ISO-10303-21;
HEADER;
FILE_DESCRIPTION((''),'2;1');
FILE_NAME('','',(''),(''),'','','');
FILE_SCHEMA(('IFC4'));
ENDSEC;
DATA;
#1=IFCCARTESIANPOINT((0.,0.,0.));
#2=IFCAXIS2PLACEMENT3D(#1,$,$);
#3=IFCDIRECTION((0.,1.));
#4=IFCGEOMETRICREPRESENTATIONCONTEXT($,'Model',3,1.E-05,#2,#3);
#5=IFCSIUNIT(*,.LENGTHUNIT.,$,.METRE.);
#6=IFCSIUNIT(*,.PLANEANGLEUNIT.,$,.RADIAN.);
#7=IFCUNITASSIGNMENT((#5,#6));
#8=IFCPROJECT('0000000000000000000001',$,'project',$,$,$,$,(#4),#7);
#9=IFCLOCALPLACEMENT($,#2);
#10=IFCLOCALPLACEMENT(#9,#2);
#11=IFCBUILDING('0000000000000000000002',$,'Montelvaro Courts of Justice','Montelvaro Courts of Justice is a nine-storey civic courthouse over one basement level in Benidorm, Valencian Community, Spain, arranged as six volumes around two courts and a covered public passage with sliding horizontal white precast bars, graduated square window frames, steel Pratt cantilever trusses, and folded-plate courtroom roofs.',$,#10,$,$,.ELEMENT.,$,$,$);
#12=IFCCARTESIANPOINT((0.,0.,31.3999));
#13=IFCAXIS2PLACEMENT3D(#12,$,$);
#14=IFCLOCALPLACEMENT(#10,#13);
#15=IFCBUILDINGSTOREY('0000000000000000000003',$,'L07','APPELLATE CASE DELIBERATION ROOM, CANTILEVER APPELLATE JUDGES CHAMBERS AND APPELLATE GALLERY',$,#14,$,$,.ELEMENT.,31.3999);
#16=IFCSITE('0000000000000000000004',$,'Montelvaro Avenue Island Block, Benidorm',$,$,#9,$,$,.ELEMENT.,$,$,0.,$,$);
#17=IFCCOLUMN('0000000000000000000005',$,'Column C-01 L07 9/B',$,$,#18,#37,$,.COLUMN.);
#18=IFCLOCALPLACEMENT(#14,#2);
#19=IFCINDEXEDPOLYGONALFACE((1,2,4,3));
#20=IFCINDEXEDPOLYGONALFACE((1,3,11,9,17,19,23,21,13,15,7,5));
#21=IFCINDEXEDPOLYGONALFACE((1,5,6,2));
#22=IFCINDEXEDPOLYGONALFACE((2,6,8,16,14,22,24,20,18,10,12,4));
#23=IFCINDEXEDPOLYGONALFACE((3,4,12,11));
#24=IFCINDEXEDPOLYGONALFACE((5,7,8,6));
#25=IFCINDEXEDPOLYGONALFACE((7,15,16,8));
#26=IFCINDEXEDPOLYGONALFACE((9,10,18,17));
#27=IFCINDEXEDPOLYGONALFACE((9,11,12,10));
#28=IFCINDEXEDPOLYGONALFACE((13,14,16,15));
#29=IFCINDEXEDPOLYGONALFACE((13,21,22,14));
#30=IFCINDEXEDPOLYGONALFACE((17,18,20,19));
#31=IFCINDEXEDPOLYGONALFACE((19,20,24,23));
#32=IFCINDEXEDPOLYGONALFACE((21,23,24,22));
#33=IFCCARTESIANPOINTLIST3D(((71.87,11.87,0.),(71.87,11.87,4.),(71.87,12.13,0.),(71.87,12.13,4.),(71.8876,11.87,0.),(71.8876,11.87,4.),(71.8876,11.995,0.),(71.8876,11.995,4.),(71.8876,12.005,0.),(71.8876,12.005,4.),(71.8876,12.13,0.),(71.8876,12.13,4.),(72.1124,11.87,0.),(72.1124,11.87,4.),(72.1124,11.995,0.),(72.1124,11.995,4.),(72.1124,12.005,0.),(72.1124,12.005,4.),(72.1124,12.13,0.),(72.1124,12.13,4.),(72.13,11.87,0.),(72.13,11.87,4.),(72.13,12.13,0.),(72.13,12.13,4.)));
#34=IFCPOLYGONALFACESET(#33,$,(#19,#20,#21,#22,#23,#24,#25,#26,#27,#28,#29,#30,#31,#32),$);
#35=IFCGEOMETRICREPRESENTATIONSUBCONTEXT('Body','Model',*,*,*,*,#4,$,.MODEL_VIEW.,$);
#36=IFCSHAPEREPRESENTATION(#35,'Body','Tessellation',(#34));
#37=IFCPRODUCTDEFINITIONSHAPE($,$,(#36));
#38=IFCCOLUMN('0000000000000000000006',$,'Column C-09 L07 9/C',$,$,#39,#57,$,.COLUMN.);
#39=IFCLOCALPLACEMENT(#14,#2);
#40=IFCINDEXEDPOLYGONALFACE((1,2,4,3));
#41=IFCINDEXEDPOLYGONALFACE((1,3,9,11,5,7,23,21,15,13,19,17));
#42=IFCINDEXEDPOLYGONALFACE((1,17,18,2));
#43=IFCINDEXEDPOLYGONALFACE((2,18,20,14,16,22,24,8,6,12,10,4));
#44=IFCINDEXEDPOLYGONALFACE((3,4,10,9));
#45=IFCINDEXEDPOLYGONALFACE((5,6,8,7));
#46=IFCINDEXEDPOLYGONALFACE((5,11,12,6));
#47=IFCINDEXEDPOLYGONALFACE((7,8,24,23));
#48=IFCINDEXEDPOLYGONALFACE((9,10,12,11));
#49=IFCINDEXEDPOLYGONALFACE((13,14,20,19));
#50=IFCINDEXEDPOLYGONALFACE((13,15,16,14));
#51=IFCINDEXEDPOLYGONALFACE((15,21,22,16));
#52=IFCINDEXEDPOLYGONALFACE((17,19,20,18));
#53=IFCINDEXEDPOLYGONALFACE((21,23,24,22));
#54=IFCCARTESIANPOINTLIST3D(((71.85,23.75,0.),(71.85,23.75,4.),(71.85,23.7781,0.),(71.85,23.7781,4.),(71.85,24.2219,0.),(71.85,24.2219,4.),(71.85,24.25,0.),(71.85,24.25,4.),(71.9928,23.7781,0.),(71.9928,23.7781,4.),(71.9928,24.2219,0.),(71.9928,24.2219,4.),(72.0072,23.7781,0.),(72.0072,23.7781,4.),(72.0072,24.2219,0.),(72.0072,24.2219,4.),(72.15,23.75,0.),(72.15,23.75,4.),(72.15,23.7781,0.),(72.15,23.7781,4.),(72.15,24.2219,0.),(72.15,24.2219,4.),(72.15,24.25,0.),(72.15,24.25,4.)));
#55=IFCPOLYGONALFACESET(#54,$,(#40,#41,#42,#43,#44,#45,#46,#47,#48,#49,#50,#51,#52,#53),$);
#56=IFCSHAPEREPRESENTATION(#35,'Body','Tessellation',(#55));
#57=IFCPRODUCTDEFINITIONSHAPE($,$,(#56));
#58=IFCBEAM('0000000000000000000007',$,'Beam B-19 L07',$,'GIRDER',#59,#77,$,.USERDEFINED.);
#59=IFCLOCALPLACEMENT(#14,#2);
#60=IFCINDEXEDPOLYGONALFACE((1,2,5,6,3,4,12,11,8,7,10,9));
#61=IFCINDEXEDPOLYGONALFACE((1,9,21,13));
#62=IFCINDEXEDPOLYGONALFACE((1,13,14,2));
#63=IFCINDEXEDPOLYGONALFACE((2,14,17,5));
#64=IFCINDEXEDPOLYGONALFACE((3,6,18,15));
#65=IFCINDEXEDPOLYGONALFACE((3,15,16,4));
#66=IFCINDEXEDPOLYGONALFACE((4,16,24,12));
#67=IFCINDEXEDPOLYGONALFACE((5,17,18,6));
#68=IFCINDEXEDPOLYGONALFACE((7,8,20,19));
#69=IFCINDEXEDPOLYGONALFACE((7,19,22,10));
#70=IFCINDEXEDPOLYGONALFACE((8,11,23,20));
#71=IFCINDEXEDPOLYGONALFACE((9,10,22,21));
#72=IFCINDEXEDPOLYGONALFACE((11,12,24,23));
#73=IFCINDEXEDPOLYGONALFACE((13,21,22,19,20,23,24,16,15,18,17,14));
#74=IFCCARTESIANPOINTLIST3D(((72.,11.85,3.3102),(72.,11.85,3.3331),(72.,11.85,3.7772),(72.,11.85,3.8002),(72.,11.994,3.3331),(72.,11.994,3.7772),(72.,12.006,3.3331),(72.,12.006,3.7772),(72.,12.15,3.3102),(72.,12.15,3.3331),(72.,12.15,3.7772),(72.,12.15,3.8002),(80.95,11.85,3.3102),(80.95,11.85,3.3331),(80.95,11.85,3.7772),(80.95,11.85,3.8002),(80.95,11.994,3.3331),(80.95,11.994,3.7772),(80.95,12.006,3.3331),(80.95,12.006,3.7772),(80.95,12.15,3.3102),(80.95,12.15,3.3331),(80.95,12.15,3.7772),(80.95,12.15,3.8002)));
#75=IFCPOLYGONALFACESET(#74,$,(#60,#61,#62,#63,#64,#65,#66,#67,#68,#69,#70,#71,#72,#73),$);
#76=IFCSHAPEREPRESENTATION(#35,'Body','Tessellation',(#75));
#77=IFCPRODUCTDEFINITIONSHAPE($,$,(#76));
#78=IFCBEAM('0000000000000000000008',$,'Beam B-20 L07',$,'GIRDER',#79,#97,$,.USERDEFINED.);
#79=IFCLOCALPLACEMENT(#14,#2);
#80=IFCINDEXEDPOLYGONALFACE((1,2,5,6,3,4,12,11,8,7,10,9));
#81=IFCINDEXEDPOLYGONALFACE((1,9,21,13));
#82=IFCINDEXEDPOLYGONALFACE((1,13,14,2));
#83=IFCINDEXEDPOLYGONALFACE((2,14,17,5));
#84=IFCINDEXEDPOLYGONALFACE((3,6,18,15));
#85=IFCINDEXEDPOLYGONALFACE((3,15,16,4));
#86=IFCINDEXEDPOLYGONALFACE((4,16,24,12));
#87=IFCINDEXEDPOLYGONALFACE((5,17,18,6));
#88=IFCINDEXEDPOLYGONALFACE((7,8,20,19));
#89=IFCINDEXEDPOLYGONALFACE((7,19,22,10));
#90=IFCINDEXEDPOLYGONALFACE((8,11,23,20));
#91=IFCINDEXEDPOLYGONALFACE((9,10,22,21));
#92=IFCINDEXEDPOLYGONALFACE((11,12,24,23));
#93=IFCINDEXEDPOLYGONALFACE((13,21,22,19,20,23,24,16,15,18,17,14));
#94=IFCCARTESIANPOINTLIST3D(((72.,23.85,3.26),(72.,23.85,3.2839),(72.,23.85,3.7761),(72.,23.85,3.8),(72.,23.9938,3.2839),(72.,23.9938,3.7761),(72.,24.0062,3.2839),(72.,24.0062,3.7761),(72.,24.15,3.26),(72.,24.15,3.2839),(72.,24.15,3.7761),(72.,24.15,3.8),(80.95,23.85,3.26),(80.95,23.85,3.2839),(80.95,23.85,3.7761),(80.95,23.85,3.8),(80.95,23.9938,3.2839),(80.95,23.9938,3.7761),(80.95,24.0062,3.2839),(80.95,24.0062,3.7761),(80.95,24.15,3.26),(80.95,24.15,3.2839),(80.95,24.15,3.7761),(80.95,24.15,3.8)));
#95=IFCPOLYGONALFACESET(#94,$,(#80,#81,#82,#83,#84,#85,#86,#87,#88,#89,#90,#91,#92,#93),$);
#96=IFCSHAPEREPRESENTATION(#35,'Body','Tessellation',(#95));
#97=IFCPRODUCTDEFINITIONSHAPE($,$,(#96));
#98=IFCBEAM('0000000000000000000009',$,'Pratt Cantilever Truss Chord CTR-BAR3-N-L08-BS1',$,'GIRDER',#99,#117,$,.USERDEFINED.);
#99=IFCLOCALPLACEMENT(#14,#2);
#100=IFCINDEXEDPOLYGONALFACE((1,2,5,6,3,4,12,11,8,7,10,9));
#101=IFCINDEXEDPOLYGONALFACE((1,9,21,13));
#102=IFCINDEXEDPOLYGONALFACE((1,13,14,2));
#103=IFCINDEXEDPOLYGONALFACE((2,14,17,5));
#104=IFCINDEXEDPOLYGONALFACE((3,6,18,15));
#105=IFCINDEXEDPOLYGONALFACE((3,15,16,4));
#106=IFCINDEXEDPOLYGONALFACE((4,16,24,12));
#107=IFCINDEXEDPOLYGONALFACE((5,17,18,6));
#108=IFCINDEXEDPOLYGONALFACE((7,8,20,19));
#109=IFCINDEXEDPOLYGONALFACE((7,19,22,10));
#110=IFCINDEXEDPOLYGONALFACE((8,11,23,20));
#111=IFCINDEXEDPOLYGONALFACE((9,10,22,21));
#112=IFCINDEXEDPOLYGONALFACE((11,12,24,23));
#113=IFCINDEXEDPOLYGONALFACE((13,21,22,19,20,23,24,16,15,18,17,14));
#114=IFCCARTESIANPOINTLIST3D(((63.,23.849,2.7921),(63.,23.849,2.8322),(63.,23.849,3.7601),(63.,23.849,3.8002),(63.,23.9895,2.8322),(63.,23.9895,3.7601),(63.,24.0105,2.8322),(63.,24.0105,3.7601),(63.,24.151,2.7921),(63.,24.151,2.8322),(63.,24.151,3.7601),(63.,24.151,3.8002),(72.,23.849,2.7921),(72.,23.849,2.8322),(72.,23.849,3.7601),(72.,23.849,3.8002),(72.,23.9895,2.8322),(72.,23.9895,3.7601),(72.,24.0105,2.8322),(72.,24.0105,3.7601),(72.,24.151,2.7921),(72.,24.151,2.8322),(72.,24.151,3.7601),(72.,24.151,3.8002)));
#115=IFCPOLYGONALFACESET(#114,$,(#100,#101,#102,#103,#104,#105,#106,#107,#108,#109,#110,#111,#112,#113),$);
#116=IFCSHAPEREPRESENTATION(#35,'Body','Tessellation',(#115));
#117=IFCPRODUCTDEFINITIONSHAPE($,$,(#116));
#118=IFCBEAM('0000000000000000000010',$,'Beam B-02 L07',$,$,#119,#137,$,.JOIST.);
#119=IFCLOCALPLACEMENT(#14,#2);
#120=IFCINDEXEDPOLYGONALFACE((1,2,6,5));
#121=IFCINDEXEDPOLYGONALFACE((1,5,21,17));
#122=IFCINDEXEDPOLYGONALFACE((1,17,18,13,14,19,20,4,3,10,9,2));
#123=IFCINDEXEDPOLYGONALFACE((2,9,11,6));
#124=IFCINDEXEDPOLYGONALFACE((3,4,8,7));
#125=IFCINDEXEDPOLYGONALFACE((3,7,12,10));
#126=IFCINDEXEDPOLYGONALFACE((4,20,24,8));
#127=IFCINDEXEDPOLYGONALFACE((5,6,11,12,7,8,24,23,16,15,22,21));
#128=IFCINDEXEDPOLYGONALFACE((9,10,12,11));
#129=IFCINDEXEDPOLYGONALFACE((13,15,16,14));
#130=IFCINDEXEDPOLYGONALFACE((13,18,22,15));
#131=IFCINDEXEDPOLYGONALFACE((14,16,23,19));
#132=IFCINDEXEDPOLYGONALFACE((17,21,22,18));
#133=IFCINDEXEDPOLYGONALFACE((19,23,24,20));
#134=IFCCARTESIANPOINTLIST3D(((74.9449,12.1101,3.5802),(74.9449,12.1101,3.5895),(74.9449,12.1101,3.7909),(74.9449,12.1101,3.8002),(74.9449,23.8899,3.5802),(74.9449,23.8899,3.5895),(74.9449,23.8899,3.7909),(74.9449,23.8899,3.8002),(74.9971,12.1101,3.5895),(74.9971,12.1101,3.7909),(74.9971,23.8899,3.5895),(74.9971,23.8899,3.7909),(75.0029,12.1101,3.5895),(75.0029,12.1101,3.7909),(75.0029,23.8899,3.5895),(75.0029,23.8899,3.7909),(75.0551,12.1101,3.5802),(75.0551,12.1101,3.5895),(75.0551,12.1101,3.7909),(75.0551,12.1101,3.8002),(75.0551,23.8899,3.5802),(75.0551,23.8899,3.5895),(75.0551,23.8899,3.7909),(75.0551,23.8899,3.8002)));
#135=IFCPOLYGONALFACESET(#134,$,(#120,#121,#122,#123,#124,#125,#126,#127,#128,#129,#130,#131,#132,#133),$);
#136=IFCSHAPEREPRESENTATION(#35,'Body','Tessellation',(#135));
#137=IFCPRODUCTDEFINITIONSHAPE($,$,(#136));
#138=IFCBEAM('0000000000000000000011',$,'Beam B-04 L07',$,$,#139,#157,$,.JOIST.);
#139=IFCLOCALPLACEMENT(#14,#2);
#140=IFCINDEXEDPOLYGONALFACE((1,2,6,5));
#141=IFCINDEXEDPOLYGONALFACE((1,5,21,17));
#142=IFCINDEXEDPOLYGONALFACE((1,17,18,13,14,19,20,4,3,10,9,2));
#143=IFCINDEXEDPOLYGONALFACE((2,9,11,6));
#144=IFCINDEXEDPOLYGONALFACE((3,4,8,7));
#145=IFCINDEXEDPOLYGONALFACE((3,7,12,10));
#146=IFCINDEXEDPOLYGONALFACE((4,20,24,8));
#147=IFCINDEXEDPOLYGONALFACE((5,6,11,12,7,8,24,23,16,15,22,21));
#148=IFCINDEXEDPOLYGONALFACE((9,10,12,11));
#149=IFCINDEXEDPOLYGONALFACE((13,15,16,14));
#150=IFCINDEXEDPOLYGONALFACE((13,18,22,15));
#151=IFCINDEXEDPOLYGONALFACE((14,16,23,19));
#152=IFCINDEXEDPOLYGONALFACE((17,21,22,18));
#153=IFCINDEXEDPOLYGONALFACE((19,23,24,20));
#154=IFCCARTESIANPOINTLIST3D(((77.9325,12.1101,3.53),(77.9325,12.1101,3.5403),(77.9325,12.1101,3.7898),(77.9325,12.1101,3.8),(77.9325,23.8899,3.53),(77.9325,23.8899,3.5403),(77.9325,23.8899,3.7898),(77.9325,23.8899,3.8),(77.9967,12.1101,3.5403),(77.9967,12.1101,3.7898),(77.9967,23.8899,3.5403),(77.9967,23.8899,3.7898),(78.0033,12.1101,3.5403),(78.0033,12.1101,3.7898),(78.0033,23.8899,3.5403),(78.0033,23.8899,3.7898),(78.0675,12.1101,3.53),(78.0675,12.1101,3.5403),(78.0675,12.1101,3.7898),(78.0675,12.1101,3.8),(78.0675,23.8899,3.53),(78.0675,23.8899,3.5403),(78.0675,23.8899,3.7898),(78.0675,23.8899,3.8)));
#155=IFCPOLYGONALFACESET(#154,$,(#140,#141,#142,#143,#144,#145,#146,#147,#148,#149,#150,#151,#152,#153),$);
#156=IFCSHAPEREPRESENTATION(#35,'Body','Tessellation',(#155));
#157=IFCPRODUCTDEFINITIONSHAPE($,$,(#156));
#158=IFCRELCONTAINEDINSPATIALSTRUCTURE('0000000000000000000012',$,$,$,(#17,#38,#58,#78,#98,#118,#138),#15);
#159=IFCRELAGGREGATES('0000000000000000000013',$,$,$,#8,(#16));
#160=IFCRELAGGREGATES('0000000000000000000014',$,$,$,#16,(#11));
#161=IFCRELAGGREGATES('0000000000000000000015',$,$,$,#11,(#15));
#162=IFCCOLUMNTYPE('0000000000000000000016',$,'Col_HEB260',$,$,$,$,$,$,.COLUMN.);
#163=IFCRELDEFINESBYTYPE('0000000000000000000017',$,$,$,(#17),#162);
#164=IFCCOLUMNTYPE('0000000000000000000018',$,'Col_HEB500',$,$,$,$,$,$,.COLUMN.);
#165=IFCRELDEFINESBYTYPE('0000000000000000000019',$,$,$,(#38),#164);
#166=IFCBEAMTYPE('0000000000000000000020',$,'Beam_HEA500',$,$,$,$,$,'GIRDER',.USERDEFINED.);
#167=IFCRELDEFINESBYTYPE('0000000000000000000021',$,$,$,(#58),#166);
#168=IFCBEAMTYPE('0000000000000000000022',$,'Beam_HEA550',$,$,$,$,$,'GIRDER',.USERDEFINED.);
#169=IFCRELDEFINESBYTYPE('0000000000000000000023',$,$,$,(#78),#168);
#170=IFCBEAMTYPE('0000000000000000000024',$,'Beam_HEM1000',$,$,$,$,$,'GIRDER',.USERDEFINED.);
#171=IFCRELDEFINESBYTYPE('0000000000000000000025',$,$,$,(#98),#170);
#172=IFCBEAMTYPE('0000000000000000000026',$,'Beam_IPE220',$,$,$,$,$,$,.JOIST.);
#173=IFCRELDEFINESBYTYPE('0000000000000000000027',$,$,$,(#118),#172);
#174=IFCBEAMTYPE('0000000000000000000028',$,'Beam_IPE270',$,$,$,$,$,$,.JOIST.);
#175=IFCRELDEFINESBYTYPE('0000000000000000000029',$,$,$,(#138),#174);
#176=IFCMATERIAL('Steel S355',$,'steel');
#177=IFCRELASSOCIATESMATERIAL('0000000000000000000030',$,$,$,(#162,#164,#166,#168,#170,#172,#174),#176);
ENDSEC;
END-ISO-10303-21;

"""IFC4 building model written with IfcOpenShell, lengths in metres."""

from ifc_helpers import new_model, si_unit, direction, frame, origin, origin_2d, place, context, subcontext, project, spatial, i_section, extrude, material, material_profile, profile_set, type_object, element, save


model = new_model("IFC4")

# Units and contexts
model_context = context("Model", 3, precision=1e-05, world=origin(), true_north=direction((0.0, 1.0)))
body_context = subcontext(model_context, "Body", "Model", "MODEL_VIEW")
ifc_project = project(units=[si_unit("LENGTHUNIT", "METRE"), si_unit("PLANEANGLEUNIT", "RADIAN")], contexts=[model_context])

# Site, building, storey
site_placement = place(None, origin())
site = spatial("IfcSite", under=ifc_project, at=site_placement, Name="Montelvaro Avenue Island Block, Benidorm", CompositionType="ELEMENT", RefElevation=0.0)
building_placement = place(site_placement, origin())
building = spatial("IfcBuilding", under=site, at=building_placement, Name="Montelvaro Courts of Justice", Description="Montelvaro Courts of Justice is a nine-storey civic courthouse over one basement level in Benidorm, Valencian Community, Spain, arranged as six volumes around two courts and a covered public passage with sliding horizontal white precast bars, graduated square window frames, steel Pratt cantilever trusses, and folded-plate courtroom roofs.", CompositionType="ELEMENT")
storey_placement = place(building_placement, frame((0.0, 0.0, 31.3999)))
storey = spatial("IfcBuildingStorey", under=building, at=storey_placement, Name="L07", Description="APPELLATE CASE DELIBERATION ROOM, CANTILEVER APPELLATE JUDGES CHAMBERS AND APPELLATE GALLERY", CompositionType="ELEMENT", Elevation=31.3999)

# Columns
ifc_material_1 = material(Name="Steel S355", Category="steel")
ifc_material_profile_1 = material_profile(ifc_material_1, i_section(OverallWidth=0.26, OverallDepth=0.26, WebThickness=0.01, FlangeThickness=0.0176, at=origin_2d()), Name="HEB 260")
ifc_profile_set_1 = profile_set([ifc_material_profile_1], Name="Steel S355")
column_type_1 = type_object("IfcColumnType", Name="Col_HEB260", PredefinedType="COLUMN", material=ifc_profile_set_1)
column_1_placement = place(storey_placement, frame((72.0, 12.0, 0.0), z_axis=(0.0, 0.0, 1.0), x_axis=(0.0, 1.0, 0.0)))
element("IfcColumn", 1, at=column_1_placement, inside=storey, type_object=column_type_1, Name="Column C-01 L07 9/B", PredefinedType="COLUMN", context=body_context, shape_type="SweptSolid", body=[
    extrude(i_section(OverallWidth=0.26, OverallDepth=0.26, WebThickness=0.01, FlangeThickness=0.0176, at=origin_2d()), origin(), (0.0, 0.0, 1.0), 4.0),
])
ifc_material_profile_2 = material_profile(ifc_material_1, i_section(OverallWidth=0.3, OverallDepth=0.5, WebThickness=0.0144, FlangeThickness=0.0281, at=origin_2d()), Name="HEB 500")
ifc_profile_set_2 = profile_set([ifc_material_profile_2], Name="Steel S355")
column_type_2 = type_object("IfcColumnType", Name="Col_HEB500", PredefinedType="COLUMN", material=ifc_profile_set_2)
column_2_placement = place(storey_placement, frame((72.0, 24.0, 0.0), z_axis=(0.0, 0.0, 1.0), x_axis=(1.0, 0.0, 0.0)))
element("IfcColumn", 2, at=column_2_placement, inside=storey, type_object=column_type_2, Name="Column C-09 L07 9/C", PredefinedType="COLUMN", context=body_context, shape_type="SweptSolid", body=[
    extrude(i_section(OverallWidth=0.3, OverallDepth=0.5, WebThickness=0.0144, FlangeThickness=0.0281, at=origin_2d()), origin(), (0.0, 0.0, 1.0), 4.0),
])

# Beams
ifc_material_profile_3 = material_profile(ifc_material_1, i_section(OverallWidth=0.3, OverallDepth=0.49, WebThickness=0.012, FlangeThickness=0.0229, at=origin_2d()), Name="HEA 500")
ifc_profile_set_3 = profile_set([ifc_material_profile_3], Name="Steel S355")
beam_type_1 = type_object("IfcBeamType", Name="Beam_HEA500", ElementType="GIRDER", PredefinedType="USERDEFINED", material=ifc_profile_set_3)
beam_1_placement = place(storey_placement, frame((72.0, 12.0, 3.5552), z_axis=(1.0, 0.0, 0.0), x_axis=(0.0, 1.0, 0.0)))
element("IfcBeam", 3, at=beam_1_placement, inside=storey, type_object=beam_type_1, Name="Beam B-19 L07", ObjectType="GIRDER", PredefinedType="USERDEFINED", context=body_context, shape_type="SweptSolid", body=[
    extrude(i_section(OverallWidth=0.3, OverallDepth=0.49, WebThickness=0.012, FlangeThickness=0.0229, at=origin_2d()), origin(), (0.0, 0.0, 1.0), 8.95),
])
ifc_material_profile_4 = material_profile(ifc_material_1, i_section(OverallWidth=0.3, OverallDepth=0.54, WebThickness=0.0125, FlangeThickness=0.0239, at=origin_2d()), Name="HEA 550")
ifc_profile_set_4 = profile_set([ifc_material_profile_4], Name="Steel S355")
beam_type_2 = type_object("IfcBeamType", Name="Beam_HEA550", ElementType="GIRDER", PredefinedType="USERDEFINED", material=ifc_profile_set_4)
beam_2_placement = place(storey_placement, frame((72.0, 24.0, 3.53), z_axis=(1.0, 0.0, 0.0), x_axis=(0.0, 1.0, 0.0)))
element("IfcBeam", 4, at=beam_2_placement, inside=storey, type_object=beam_type_2, Name="Beam B-20 L07", ObjectType="GIRDER", PredefinedType="USERDEFINED", context=body_context, shape_type="SweptSolid", body=[
    extrude(i_section(OverallWidth=0.3, OverallDepth=0.54, WebThickness=0.0125, FlangeThickness=0.0239, at=origin_2d()), origin(), (0.0, 0.0, 1.0), 8.95),
])
ifc_material_profile_5 = material_profile(ifc_material_1, i_section(OverallWidth=0.302, OverallDepth=1.0081, WebThickness=0.021, FlangeThickness=0.04, at=origin_2d()), Name="HEM 1000")
ifc_profile_set_5 = profile_set([ifc_material_profile_5], Name="Steel S355")
beam_type_3 = type_object("IfcBeamType", Name="Beam_HEM1000", ElementType="GIRDER", PredefinedType="USERDEFINED", material=ifc_profile_set_5)
beam_3_placement = place(storey_placement, frame((72.0, 24.0, 3.2961), z_axis=(-1.0, 0.0, 0.0), x_axis=(0.0, -1.0, 0.0)))
element("IfcBeam", 5, at=beam_3_placement, inside=storey, type_object=beam_type_3, Name="Pratt Cantilever Truss Chord CTR-BAR3-N-L08-BS1", ObjectType="GIRDER", PredefinedType="USERDEFINED", context=body_context, shape_type="SweptSolid", body=[
    extrude(i_section(OverallWidth=0.302, OverallDepth=1.0081, WebThickness=0.021, FlangeThickness=0.04, at=origin_2d()), origin(), (0.0, 0.0, 1.0), 9.0),
])
ifc_material_profile_6 = material_profile(ifc_material_1, i_section(OverallWidth=0.1101, OverallDepth=0.22, WebThickness=0.0059, FlangeThickness=0.0093, at=origin_2d()), Name="IPE 220")
ifc_profile_set_6 = profile_set([ifc_material_profile_6], Name="Steel S355")
beam_type_4 = type_object("IfcBeamType", Name="Beam_IPE220", PredefinedType="JOIST", material=ifc_profile_set_6)
beam_4_placement = place(storey_placement, frame((75.0, 12.1101, 3.6902), z_axis=(0.0, 1.0, 0.0), x_axis=(-1.0, 0.0, 0.0)))
element("IfcBeam", 6, at=beam_4_placement, inside=storey, type_object=beam_type_4, Name="Beam B-02 L07", PredefinedType="JOIST", context=body_context, shape_type="SweptSolid", body=[
    extrude(i_section(OverallWidth=0.1101, OverallDepth=0.22, WebThickness=0.0059, FlangeThickness=0.0093, at=origin_2d()), origin(), (0.0, 0.0, 1.0), 11.7798),
])
ifc_material_profile_7 = material_profile(ifc_material_1, i_section(OverallWidth=0.135, OverallDepth=0.27, WebThickness=0.0066, FlangeThickness=0.0103, at=origin_2d()), Name="IPE 270")
ifc_profile_set_7 = profile_set([ifc_material_profile_7], Name="Steel S355")
beam_type_5 = type_object("IfcBeamType", Name="Beam_IPE270", PredefinedType="JOIST", material=ifc_profile_set_7)
beam_5_placement = place(storey_placement, frame((78.0, 12.1101, 3.665), z_axis=(0.0, 1.0, 0.0), x_axis=(-1.0, 0.0, 0.0)))
element("IfcBeam", 7, at=beam_5_placement, inside=storey, type_object=beam_type_5, Name="Beam B-04 L07", PredefinedType="JOIST", context=body_context, shape_type="SweptSolid", body=[
    extrude(i_section(OverallWidth=0.135, OverallDepth=0.27, WebThickness=0.0066, FlangeThickness=0.0103, at=origin_2d()), origin(), (0.0, 0.0, 1.0), 11.7798),
])

save(model, "model.ifc")
